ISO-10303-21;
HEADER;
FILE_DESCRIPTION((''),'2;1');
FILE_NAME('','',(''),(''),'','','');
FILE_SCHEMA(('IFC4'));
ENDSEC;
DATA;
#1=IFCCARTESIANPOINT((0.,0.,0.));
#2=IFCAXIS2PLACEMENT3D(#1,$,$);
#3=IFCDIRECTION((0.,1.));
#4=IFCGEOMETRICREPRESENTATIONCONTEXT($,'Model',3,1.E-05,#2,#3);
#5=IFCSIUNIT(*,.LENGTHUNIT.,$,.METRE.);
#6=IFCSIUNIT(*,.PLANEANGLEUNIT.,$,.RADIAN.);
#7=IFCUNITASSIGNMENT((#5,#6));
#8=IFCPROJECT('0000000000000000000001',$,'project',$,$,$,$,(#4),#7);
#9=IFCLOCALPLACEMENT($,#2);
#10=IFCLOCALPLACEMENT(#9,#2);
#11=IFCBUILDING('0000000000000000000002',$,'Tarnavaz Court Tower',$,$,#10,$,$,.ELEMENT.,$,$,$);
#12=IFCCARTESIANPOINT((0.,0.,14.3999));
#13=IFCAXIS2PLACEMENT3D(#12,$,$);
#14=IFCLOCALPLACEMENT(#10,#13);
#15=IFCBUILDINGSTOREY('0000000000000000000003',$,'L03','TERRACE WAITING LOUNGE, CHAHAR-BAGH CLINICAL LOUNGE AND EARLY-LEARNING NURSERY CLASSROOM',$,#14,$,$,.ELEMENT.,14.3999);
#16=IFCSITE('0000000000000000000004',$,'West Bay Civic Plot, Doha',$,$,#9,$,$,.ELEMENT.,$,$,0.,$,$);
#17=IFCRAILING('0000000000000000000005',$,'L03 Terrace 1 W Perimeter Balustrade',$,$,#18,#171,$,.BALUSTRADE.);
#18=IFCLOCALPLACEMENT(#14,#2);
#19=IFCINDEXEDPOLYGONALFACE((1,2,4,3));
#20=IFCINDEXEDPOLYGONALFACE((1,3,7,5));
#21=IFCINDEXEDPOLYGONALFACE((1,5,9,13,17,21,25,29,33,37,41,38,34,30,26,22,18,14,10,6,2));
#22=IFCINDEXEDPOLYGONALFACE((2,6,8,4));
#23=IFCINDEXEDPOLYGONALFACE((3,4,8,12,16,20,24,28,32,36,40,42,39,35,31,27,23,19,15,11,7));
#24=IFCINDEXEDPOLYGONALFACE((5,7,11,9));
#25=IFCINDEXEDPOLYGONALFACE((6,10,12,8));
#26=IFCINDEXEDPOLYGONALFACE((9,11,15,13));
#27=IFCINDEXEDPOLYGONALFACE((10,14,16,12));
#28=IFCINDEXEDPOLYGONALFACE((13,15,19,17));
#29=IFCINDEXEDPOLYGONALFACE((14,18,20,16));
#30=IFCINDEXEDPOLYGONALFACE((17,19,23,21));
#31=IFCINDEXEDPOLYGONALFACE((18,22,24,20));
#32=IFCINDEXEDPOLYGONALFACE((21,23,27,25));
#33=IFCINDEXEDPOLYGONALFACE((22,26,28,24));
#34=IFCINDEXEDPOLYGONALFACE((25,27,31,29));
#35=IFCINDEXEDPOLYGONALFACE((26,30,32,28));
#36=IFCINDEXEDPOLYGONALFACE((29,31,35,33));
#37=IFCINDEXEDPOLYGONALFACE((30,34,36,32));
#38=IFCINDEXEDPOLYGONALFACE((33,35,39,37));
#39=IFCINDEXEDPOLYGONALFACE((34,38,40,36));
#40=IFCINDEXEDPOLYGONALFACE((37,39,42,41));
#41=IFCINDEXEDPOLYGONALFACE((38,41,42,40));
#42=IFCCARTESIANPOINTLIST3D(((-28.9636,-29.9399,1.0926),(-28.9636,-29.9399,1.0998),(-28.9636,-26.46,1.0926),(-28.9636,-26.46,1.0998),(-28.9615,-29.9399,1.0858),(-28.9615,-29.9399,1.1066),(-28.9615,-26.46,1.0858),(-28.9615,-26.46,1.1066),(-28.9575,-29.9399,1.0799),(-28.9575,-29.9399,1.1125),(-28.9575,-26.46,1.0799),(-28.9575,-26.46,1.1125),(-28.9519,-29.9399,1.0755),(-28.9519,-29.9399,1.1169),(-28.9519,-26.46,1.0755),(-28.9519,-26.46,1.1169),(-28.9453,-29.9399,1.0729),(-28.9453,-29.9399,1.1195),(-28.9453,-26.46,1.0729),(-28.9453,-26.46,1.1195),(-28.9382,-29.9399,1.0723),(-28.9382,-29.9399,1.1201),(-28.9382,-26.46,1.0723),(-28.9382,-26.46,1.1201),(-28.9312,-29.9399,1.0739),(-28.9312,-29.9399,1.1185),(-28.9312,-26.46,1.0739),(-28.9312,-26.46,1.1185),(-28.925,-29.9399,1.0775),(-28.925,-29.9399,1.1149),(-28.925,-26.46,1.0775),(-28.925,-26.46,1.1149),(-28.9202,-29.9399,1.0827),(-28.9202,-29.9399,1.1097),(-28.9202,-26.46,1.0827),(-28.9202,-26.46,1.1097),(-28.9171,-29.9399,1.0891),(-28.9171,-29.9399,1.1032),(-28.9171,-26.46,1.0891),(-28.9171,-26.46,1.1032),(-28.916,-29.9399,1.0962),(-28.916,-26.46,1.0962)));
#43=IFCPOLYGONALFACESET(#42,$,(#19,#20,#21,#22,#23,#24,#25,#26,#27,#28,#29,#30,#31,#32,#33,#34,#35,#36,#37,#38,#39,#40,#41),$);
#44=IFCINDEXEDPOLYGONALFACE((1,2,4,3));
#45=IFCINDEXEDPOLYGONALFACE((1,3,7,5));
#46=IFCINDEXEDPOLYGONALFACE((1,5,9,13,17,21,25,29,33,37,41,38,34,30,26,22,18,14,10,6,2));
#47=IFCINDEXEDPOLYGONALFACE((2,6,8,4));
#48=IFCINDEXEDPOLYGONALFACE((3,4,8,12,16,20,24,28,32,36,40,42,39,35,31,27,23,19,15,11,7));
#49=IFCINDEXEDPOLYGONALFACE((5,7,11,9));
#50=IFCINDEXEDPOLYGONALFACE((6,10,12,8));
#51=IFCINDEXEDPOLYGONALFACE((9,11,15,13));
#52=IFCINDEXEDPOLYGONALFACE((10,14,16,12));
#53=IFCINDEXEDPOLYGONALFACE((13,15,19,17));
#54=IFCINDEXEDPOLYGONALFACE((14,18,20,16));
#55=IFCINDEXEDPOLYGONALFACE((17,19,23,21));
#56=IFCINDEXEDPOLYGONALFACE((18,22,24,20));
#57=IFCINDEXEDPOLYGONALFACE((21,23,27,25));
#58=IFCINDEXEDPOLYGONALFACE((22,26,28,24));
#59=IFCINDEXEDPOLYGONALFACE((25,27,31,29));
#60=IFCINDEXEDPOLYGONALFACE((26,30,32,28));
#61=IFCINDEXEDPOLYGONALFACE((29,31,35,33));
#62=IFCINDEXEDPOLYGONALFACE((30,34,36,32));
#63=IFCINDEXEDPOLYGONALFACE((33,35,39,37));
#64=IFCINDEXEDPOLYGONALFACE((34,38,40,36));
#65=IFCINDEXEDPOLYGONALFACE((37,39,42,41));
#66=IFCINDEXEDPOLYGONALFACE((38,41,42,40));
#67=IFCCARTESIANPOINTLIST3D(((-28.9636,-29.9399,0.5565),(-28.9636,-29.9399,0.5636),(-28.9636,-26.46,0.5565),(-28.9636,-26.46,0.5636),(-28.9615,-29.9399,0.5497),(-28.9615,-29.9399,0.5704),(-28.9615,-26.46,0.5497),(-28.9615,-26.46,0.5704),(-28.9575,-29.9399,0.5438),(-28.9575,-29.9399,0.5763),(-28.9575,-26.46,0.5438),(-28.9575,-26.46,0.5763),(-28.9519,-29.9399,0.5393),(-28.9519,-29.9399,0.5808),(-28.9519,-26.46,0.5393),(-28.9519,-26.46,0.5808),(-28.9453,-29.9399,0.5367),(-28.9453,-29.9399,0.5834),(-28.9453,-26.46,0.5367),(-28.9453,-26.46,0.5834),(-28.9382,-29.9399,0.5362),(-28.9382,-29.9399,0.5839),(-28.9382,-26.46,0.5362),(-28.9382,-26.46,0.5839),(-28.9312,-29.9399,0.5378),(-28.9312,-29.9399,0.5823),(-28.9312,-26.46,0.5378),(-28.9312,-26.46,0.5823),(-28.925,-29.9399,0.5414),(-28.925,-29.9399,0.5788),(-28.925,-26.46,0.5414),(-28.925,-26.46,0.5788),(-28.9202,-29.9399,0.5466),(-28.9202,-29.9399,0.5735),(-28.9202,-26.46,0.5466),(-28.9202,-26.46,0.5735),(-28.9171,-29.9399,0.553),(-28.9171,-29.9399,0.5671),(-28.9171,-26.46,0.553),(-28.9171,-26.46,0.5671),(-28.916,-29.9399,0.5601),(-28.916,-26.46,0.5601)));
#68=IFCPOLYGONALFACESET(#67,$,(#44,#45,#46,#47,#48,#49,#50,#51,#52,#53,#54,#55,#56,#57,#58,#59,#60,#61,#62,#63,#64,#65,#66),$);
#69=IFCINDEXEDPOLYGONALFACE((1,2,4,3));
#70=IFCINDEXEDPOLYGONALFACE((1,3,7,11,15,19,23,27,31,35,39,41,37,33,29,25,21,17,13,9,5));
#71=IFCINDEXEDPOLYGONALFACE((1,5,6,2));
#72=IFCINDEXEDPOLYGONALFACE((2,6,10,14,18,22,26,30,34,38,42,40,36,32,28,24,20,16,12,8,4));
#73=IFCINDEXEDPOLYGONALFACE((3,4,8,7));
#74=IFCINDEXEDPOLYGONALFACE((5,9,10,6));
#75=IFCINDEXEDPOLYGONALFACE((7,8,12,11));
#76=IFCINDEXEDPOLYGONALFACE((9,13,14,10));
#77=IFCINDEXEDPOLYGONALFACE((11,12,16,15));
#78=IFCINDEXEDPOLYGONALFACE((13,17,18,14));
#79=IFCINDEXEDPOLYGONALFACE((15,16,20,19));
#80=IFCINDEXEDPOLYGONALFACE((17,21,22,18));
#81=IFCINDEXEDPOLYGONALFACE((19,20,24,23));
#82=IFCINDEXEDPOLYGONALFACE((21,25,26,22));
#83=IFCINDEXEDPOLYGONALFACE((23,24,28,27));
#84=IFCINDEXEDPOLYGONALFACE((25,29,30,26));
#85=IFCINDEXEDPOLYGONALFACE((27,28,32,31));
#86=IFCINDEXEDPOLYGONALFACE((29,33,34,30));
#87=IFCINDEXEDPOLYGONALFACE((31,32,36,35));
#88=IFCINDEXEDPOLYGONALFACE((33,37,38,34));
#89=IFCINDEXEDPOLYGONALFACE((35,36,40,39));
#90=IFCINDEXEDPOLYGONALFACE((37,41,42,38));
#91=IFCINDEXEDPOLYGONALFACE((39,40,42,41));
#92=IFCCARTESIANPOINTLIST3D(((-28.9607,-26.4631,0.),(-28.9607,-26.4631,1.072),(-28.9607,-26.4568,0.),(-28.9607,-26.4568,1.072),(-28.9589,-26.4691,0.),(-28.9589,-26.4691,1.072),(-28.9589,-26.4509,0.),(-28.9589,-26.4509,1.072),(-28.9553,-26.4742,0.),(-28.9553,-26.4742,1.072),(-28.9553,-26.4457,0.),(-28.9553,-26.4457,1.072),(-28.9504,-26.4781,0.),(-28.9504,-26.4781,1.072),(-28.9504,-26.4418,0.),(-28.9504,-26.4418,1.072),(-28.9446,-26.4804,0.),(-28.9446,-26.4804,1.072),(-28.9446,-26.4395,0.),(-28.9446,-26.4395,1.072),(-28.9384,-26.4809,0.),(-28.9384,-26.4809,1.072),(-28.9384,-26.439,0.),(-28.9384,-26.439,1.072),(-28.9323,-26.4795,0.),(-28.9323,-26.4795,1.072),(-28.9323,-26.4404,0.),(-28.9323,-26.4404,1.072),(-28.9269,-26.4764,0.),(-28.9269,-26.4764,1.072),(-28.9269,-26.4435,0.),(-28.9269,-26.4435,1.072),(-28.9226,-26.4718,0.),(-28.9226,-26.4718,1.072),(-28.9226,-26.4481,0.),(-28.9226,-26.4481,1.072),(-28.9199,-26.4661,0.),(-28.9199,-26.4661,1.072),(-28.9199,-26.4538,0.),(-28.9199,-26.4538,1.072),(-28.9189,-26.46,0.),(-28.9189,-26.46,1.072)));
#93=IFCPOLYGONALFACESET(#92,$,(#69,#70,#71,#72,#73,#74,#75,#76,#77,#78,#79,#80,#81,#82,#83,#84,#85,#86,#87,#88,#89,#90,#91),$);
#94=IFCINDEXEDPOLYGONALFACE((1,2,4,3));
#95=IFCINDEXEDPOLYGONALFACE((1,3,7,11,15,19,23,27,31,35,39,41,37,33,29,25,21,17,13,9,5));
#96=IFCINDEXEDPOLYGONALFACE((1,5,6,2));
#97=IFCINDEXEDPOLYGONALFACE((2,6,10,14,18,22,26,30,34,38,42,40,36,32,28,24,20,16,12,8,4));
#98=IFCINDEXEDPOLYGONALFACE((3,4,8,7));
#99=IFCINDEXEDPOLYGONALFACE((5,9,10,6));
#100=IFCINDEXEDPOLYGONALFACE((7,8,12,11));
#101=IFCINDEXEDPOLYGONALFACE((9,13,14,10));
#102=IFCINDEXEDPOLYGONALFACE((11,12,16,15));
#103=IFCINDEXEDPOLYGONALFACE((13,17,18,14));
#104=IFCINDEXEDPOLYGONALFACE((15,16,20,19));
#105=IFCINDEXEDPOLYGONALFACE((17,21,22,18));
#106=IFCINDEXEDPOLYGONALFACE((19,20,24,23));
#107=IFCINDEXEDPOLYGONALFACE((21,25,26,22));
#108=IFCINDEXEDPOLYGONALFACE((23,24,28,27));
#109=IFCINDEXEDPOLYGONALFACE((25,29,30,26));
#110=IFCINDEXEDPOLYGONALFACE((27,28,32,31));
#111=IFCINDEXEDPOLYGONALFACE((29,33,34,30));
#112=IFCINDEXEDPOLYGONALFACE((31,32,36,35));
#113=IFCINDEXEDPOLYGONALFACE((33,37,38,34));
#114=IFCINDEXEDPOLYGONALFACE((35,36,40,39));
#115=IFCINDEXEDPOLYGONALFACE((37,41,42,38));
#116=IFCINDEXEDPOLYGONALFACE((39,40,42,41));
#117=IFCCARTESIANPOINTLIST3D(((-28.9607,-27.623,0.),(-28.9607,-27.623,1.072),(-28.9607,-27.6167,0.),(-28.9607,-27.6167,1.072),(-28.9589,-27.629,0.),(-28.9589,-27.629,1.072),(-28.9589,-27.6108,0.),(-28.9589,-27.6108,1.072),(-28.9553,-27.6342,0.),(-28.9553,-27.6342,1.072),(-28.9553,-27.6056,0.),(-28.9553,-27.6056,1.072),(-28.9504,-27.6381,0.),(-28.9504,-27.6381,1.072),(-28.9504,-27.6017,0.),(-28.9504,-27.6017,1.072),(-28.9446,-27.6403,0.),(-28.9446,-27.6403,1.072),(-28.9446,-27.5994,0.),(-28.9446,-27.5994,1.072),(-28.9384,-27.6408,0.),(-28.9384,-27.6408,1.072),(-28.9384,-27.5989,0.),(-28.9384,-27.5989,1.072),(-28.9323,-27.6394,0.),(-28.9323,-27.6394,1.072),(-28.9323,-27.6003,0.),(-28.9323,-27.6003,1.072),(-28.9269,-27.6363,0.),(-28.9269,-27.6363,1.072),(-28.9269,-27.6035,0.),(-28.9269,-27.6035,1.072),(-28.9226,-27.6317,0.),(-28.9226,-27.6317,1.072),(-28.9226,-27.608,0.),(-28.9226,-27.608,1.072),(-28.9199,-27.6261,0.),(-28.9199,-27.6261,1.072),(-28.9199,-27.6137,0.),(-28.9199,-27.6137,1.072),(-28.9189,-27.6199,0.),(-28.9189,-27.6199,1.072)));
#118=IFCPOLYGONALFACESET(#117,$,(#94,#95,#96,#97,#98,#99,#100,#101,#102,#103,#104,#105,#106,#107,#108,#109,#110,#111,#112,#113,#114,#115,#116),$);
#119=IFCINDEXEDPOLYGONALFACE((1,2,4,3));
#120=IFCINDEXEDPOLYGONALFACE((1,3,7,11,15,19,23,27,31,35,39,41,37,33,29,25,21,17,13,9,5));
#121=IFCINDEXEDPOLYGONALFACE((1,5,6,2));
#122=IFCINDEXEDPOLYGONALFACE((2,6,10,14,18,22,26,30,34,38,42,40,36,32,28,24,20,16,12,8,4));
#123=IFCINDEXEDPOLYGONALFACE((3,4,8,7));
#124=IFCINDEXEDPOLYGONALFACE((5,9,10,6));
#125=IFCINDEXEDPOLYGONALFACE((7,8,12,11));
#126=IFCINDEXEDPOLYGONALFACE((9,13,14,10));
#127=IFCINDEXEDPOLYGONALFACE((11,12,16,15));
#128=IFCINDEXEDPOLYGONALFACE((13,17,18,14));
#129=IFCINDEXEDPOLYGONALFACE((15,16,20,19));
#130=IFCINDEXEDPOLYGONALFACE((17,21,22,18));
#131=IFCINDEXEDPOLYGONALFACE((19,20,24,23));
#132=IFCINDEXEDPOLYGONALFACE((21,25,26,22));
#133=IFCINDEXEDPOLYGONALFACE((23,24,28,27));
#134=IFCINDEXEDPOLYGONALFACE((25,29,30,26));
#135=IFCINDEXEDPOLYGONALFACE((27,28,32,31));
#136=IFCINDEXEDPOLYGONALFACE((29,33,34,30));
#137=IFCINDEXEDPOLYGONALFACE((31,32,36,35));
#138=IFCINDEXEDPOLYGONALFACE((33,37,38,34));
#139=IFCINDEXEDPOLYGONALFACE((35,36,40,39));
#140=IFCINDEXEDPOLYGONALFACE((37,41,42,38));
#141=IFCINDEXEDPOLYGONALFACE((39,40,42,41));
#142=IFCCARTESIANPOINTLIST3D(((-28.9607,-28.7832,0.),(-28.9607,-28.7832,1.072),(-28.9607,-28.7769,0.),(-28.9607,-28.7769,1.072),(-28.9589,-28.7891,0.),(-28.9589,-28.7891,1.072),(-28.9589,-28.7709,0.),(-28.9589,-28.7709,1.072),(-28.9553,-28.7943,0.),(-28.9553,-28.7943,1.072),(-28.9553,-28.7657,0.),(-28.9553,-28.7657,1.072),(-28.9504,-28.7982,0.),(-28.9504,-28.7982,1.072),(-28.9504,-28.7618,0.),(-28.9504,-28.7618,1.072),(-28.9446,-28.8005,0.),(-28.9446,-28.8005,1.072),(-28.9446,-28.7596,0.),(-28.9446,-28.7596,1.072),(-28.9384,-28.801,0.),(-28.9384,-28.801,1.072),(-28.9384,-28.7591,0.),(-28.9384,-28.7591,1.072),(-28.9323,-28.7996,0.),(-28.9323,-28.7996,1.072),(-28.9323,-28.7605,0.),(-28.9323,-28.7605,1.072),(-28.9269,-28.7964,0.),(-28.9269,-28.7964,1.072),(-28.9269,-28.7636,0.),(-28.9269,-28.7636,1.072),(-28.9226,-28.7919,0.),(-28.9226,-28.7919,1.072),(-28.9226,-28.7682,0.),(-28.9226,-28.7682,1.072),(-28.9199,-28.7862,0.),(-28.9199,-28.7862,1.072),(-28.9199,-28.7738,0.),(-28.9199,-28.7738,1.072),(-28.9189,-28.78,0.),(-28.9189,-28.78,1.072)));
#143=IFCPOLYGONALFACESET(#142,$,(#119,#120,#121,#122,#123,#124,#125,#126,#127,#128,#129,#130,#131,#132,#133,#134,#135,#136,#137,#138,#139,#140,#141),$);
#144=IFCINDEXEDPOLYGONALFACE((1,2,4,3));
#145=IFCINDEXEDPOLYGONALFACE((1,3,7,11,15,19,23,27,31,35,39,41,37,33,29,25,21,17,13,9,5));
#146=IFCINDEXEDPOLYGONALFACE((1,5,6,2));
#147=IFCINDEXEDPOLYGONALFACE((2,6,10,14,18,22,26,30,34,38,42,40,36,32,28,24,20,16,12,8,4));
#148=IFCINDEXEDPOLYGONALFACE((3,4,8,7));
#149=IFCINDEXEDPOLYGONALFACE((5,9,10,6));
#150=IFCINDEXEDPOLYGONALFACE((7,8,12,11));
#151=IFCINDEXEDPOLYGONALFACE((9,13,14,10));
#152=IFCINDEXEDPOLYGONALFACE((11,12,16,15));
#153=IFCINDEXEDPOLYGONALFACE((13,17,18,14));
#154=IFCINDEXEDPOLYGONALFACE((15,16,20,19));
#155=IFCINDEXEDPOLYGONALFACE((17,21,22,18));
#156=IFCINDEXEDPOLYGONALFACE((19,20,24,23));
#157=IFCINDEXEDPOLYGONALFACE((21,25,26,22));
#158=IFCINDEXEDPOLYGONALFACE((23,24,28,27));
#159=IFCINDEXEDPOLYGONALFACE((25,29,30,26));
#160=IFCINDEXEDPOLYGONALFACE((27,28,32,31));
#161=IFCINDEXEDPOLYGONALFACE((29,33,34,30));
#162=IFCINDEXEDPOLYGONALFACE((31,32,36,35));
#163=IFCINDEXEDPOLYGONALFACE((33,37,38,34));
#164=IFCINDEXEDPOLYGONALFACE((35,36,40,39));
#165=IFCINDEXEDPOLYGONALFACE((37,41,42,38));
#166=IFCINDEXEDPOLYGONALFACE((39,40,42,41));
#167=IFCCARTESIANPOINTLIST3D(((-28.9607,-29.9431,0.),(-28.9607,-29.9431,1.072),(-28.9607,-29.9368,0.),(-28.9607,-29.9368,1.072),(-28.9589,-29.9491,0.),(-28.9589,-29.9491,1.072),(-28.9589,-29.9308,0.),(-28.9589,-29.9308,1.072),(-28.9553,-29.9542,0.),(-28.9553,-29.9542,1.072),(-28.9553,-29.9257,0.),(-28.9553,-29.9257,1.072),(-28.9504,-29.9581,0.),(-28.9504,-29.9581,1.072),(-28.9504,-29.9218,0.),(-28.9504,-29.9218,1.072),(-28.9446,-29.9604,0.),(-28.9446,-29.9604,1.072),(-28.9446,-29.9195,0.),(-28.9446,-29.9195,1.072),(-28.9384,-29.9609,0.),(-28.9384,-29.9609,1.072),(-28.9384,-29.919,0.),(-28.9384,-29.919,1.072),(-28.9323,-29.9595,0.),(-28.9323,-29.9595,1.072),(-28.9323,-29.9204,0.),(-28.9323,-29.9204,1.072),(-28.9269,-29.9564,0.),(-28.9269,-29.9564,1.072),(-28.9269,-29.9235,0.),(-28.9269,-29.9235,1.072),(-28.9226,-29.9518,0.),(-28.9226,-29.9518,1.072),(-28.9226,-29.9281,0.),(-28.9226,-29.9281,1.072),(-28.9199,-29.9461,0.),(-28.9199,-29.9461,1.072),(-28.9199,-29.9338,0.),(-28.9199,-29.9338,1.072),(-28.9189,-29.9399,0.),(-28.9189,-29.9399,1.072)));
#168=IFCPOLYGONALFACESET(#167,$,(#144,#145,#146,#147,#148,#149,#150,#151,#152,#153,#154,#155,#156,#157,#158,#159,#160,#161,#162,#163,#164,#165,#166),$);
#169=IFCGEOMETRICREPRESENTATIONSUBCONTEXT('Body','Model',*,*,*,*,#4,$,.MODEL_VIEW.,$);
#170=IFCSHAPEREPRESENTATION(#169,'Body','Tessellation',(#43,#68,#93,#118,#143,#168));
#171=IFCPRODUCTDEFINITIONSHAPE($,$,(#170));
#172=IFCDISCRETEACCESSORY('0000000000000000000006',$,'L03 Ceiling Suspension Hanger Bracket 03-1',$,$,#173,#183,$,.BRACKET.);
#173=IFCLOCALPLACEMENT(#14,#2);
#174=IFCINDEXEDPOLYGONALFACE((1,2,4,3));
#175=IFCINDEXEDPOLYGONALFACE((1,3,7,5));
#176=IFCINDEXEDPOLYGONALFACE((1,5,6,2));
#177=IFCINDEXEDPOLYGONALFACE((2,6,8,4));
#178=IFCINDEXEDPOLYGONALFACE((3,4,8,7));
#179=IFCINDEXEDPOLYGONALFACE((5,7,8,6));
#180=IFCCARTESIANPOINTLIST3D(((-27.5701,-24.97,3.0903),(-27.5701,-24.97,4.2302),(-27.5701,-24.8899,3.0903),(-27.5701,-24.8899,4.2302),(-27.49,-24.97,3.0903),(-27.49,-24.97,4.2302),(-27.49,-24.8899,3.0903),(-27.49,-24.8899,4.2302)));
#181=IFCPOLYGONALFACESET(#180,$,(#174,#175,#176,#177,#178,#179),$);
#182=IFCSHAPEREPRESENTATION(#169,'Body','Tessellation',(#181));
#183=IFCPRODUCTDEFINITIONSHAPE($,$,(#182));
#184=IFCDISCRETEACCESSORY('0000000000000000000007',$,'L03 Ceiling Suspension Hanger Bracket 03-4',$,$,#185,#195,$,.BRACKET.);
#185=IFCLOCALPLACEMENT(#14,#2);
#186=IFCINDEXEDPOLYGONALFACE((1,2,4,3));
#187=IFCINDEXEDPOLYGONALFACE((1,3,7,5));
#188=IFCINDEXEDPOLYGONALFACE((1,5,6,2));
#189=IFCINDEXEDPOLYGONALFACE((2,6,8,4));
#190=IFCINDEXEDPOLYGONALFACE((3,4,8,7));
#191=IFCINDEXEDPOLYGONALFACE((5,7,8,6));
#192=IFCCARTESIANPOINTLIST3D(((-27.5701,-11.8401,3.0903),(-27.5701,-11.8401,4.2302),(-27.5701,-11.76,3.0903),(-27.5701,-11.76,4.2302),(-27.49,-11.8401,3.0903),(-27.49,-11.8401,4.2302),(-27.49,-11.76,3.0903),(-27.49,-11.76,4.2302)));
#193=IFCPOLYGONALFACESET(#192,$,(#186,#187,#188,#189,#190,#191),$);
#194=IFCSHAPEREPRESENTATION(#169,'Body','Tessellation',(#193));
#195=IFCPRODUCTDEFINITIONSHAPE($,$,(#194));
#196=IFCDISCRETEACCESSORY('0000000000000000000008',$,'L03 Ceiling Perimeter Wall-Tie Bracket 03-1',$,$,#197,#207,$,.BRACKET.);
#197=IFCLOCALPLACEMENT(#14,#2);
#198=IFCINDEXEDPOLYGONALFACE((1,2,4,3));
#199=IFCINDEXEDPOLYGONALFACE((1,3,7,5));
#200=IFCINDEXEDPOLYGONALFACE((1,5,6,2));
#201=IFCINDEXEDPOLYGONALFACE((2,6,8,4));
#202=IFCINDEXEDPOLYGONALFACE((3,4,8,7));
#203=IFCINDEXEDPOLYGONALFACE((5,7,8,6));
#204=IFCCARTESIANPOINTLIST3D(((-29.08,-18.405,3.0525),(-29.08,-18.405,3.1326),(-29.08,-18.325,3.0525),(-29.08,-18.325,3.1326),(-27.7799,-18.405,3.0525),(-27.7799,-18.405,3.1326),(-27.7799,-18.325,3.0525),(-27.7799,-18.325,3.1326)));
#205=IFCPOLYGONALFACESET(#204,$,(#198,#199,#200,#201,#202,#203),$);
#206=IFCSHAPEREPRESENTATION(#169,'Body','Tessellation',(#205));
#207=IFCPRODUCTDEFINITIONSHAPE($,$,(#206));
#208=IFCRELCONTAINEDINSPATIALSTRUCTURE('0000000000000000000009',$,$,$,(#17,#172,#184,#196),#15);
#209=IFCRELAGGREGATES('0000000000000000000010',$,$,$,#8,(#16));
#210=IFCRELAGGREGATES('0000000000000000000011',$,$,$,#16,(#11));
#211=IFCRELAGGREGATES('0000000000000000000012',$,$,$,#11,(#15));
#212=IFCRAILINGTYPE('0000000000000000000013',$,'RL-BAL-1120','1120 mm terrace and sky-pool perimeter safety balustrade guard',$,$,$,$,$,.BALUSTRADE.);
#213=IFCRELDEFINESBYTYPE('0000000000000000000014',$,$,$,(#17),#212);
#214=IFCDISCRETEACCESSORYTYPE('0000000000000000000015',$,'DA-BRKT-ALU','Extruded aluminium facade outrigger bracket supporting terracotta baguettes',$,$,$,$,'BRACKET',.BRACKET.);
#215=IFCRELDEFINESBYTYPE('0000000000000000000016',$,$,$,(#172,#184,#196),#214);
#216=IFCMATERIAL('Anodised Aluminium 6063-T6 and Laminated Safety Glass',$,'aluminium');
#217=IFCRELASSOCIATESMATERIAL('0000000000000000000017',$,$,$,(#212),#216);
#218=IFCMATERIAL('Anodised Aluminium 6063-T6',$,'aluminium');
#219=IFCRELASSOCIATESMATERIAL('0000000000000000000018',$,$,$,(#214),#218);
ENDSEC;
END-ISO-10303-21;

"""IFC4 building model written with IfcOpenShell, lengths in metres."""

from ifc_helpers import new_model, si_unit, direction, frame, origin, origin_2d, place, context, subcontext, project, spatial, rectangle, circle, extrude, material, type_object, element, save


model = new_model("IFC4")

# Units and contexts
model_context = context("Model", 3, precision=1e-05, world=origin(), true_north=direction((0.0, 1.0)))
body_context = subcontext(model_context, "Body", "Model", "MODEL_VIEW")
ifc_project = project(units=[si_unit("LENGTHUNIT", "METRE"), si_unit("PLANEANGLEUNIT", "RADIAN")], contexts=[model_context])

# Site, building, storey
site_placement = place(None, origin())
site = spatial("IfcSite", under=ifc_project, at=site_placement, Name="West Bay Civic Plot, Doha", CompositionType="ELEMENT", RefElevation=0.0)
building_placement = place(site_placement, origin())
building = spatial("IfcBuilding", under=site, at=building_placement, Name="Tarnavaz Court Tower", CompositionType="ELEMENT")
storey_placement = place(building_placement, frame((0.0, 0.0, 14.3999)))
storey = spatial("IfcBuildingStorey", under=building, at=storey_placement, Name="L03", Description="TERRACE WAITING LOUNGE, CHAHAR-BAGH CLINICAL LOUNGE AND EARLY-LEARNING NURSERY CLASSROOM", CompositionType="ELEMENT", Elevation=14.3999)

# Railing
ifc_material_1 = material(Name="Anodised Aluminium 6063-T6 and Laminated Safety Glass", Category="aluminium")
railing_type = type_object("IfcRailingType", Name="RL-BAL-1120", Description="1120 mm terrace and sky-pool perimeter safety balustrade guard", PredefinedType="BALUSTRADE", material=ifc_material_1)
railing_1_placement = place(storey_placement, frame((-28.9399, -26.46, 0.0)))
element("IfcRailing", 1, at=railing_1_placement, inside=storey, type_object=railing_type, Name="L03 Terrace 1 W Perimeter Balustrade", PredefinedType="BALUSTRADE", context=body_context, shape_type="SweptSolid", body=[
    extrude(circle(Radius=0.0239, at=origin_2d()), frame((0.0, 0.0, 1.0962), z_axis=(0.0, -1.0, 0.0), x_axis=(1.0, 0.0, 0.0)), (0.0, 0.0, 1.0), 3.48),
    extrude(circle(Radius=0.0239, at=origin_2d()), frame((0.0, 0.0, 0.5601), z_axis=(0.0, -1.0, 0.0), x_axis=(1.0, 0.0, 0.0)), (0.0, 0.0, 1.0), 3.48),
    extrude(circle(Radius=0.021, at=origin_2d()), origin(), (0.0, 0.0, 1.0), 1.072),
    extrude(circle(Radius=0.021, at=origin_2d()), frame((0.0, -1.1599, 0.0)), (0.0, 0.0, 1.0), 1.072),
    extrude(circle(Radius=0.021, at=origin_2d()), frame((0.0, -2.3201, 0.0)), (0.0, 0.0, 1.0), 1.072),
    extrude(circle(Radius=0.021, at=origin_2d()), frame((0.0, -3.48, 0.0)), (0.0, 0.0, 1.0), 1.072),
])

# Discrete accessories
ifc_material_2 = material(Name="Anodised Aluminium 6063-T6", Category="aluminium")
discrete_accessory_type = type_object("IfcDiscreteAccessoryType", Name="DA-BRKT-ALU", Description="Extruded aluminium facade outrigger bracket supporting terracotta baguettes", ElementType="BRACKET", PredefinedType="BRACKET", material=ifc_material_2)
for number, where, z_axis, x_axis, name in (
    (2, (-27.53, -24.9299, 3.0903), (0.0, 0.0, 1.0), (1.0, 0.0, 0.0), "L03 Ceiling Suspension Hanger Bracket 03-1"),
    (3, (-27.53, -11.8, 3.0903), (0.0, 0.0, 1.0), (1.0, 0.0, 0.0), "L03 Ceiling Suspension Hanger Bracket 03-4"),
):
    element("IfcDiscreteAccessory", number, at=place(storey_placement, frame(where, z_axis=z_axis, x_axis=x_axis)), inside=storey, type_object=discrete_accessory_type, Name=name, PredefinedType="BRACKET", context=body_context, shape_type="SweptSolid", body=[
        extrude(rectangle(XDim=0.0801, YDim=0.0801, at=origin_2d()), origin(), (0.0, 0.0, 1.0), 1.1399),
    ])
discrete_accessory_placement = place(storey_placement, frame((-28.4299, -18.365, 3.0525), z_axis=(0.0, 0.0, 1.0), x_axis=(1.0, 0.0, 0.0)))
element("IfcDiscreteAccessory", 4, at=discrete_accessory_placement, inside=storey, type_object=discrete_accessory_type, Name="L03 Ceiling Perimeter Wall-Tie Bracket 03-1", PredefinedType="BRACKET", context=body_context, shape_type="SweptSolid", body=[
    extrude(rectangle(XDim=1.3, YDim=0.0801, at=origin_2d()), origin(), (0.0, 0.0, 1.0), 0.0801),
])

save(model, "model.ifc")
